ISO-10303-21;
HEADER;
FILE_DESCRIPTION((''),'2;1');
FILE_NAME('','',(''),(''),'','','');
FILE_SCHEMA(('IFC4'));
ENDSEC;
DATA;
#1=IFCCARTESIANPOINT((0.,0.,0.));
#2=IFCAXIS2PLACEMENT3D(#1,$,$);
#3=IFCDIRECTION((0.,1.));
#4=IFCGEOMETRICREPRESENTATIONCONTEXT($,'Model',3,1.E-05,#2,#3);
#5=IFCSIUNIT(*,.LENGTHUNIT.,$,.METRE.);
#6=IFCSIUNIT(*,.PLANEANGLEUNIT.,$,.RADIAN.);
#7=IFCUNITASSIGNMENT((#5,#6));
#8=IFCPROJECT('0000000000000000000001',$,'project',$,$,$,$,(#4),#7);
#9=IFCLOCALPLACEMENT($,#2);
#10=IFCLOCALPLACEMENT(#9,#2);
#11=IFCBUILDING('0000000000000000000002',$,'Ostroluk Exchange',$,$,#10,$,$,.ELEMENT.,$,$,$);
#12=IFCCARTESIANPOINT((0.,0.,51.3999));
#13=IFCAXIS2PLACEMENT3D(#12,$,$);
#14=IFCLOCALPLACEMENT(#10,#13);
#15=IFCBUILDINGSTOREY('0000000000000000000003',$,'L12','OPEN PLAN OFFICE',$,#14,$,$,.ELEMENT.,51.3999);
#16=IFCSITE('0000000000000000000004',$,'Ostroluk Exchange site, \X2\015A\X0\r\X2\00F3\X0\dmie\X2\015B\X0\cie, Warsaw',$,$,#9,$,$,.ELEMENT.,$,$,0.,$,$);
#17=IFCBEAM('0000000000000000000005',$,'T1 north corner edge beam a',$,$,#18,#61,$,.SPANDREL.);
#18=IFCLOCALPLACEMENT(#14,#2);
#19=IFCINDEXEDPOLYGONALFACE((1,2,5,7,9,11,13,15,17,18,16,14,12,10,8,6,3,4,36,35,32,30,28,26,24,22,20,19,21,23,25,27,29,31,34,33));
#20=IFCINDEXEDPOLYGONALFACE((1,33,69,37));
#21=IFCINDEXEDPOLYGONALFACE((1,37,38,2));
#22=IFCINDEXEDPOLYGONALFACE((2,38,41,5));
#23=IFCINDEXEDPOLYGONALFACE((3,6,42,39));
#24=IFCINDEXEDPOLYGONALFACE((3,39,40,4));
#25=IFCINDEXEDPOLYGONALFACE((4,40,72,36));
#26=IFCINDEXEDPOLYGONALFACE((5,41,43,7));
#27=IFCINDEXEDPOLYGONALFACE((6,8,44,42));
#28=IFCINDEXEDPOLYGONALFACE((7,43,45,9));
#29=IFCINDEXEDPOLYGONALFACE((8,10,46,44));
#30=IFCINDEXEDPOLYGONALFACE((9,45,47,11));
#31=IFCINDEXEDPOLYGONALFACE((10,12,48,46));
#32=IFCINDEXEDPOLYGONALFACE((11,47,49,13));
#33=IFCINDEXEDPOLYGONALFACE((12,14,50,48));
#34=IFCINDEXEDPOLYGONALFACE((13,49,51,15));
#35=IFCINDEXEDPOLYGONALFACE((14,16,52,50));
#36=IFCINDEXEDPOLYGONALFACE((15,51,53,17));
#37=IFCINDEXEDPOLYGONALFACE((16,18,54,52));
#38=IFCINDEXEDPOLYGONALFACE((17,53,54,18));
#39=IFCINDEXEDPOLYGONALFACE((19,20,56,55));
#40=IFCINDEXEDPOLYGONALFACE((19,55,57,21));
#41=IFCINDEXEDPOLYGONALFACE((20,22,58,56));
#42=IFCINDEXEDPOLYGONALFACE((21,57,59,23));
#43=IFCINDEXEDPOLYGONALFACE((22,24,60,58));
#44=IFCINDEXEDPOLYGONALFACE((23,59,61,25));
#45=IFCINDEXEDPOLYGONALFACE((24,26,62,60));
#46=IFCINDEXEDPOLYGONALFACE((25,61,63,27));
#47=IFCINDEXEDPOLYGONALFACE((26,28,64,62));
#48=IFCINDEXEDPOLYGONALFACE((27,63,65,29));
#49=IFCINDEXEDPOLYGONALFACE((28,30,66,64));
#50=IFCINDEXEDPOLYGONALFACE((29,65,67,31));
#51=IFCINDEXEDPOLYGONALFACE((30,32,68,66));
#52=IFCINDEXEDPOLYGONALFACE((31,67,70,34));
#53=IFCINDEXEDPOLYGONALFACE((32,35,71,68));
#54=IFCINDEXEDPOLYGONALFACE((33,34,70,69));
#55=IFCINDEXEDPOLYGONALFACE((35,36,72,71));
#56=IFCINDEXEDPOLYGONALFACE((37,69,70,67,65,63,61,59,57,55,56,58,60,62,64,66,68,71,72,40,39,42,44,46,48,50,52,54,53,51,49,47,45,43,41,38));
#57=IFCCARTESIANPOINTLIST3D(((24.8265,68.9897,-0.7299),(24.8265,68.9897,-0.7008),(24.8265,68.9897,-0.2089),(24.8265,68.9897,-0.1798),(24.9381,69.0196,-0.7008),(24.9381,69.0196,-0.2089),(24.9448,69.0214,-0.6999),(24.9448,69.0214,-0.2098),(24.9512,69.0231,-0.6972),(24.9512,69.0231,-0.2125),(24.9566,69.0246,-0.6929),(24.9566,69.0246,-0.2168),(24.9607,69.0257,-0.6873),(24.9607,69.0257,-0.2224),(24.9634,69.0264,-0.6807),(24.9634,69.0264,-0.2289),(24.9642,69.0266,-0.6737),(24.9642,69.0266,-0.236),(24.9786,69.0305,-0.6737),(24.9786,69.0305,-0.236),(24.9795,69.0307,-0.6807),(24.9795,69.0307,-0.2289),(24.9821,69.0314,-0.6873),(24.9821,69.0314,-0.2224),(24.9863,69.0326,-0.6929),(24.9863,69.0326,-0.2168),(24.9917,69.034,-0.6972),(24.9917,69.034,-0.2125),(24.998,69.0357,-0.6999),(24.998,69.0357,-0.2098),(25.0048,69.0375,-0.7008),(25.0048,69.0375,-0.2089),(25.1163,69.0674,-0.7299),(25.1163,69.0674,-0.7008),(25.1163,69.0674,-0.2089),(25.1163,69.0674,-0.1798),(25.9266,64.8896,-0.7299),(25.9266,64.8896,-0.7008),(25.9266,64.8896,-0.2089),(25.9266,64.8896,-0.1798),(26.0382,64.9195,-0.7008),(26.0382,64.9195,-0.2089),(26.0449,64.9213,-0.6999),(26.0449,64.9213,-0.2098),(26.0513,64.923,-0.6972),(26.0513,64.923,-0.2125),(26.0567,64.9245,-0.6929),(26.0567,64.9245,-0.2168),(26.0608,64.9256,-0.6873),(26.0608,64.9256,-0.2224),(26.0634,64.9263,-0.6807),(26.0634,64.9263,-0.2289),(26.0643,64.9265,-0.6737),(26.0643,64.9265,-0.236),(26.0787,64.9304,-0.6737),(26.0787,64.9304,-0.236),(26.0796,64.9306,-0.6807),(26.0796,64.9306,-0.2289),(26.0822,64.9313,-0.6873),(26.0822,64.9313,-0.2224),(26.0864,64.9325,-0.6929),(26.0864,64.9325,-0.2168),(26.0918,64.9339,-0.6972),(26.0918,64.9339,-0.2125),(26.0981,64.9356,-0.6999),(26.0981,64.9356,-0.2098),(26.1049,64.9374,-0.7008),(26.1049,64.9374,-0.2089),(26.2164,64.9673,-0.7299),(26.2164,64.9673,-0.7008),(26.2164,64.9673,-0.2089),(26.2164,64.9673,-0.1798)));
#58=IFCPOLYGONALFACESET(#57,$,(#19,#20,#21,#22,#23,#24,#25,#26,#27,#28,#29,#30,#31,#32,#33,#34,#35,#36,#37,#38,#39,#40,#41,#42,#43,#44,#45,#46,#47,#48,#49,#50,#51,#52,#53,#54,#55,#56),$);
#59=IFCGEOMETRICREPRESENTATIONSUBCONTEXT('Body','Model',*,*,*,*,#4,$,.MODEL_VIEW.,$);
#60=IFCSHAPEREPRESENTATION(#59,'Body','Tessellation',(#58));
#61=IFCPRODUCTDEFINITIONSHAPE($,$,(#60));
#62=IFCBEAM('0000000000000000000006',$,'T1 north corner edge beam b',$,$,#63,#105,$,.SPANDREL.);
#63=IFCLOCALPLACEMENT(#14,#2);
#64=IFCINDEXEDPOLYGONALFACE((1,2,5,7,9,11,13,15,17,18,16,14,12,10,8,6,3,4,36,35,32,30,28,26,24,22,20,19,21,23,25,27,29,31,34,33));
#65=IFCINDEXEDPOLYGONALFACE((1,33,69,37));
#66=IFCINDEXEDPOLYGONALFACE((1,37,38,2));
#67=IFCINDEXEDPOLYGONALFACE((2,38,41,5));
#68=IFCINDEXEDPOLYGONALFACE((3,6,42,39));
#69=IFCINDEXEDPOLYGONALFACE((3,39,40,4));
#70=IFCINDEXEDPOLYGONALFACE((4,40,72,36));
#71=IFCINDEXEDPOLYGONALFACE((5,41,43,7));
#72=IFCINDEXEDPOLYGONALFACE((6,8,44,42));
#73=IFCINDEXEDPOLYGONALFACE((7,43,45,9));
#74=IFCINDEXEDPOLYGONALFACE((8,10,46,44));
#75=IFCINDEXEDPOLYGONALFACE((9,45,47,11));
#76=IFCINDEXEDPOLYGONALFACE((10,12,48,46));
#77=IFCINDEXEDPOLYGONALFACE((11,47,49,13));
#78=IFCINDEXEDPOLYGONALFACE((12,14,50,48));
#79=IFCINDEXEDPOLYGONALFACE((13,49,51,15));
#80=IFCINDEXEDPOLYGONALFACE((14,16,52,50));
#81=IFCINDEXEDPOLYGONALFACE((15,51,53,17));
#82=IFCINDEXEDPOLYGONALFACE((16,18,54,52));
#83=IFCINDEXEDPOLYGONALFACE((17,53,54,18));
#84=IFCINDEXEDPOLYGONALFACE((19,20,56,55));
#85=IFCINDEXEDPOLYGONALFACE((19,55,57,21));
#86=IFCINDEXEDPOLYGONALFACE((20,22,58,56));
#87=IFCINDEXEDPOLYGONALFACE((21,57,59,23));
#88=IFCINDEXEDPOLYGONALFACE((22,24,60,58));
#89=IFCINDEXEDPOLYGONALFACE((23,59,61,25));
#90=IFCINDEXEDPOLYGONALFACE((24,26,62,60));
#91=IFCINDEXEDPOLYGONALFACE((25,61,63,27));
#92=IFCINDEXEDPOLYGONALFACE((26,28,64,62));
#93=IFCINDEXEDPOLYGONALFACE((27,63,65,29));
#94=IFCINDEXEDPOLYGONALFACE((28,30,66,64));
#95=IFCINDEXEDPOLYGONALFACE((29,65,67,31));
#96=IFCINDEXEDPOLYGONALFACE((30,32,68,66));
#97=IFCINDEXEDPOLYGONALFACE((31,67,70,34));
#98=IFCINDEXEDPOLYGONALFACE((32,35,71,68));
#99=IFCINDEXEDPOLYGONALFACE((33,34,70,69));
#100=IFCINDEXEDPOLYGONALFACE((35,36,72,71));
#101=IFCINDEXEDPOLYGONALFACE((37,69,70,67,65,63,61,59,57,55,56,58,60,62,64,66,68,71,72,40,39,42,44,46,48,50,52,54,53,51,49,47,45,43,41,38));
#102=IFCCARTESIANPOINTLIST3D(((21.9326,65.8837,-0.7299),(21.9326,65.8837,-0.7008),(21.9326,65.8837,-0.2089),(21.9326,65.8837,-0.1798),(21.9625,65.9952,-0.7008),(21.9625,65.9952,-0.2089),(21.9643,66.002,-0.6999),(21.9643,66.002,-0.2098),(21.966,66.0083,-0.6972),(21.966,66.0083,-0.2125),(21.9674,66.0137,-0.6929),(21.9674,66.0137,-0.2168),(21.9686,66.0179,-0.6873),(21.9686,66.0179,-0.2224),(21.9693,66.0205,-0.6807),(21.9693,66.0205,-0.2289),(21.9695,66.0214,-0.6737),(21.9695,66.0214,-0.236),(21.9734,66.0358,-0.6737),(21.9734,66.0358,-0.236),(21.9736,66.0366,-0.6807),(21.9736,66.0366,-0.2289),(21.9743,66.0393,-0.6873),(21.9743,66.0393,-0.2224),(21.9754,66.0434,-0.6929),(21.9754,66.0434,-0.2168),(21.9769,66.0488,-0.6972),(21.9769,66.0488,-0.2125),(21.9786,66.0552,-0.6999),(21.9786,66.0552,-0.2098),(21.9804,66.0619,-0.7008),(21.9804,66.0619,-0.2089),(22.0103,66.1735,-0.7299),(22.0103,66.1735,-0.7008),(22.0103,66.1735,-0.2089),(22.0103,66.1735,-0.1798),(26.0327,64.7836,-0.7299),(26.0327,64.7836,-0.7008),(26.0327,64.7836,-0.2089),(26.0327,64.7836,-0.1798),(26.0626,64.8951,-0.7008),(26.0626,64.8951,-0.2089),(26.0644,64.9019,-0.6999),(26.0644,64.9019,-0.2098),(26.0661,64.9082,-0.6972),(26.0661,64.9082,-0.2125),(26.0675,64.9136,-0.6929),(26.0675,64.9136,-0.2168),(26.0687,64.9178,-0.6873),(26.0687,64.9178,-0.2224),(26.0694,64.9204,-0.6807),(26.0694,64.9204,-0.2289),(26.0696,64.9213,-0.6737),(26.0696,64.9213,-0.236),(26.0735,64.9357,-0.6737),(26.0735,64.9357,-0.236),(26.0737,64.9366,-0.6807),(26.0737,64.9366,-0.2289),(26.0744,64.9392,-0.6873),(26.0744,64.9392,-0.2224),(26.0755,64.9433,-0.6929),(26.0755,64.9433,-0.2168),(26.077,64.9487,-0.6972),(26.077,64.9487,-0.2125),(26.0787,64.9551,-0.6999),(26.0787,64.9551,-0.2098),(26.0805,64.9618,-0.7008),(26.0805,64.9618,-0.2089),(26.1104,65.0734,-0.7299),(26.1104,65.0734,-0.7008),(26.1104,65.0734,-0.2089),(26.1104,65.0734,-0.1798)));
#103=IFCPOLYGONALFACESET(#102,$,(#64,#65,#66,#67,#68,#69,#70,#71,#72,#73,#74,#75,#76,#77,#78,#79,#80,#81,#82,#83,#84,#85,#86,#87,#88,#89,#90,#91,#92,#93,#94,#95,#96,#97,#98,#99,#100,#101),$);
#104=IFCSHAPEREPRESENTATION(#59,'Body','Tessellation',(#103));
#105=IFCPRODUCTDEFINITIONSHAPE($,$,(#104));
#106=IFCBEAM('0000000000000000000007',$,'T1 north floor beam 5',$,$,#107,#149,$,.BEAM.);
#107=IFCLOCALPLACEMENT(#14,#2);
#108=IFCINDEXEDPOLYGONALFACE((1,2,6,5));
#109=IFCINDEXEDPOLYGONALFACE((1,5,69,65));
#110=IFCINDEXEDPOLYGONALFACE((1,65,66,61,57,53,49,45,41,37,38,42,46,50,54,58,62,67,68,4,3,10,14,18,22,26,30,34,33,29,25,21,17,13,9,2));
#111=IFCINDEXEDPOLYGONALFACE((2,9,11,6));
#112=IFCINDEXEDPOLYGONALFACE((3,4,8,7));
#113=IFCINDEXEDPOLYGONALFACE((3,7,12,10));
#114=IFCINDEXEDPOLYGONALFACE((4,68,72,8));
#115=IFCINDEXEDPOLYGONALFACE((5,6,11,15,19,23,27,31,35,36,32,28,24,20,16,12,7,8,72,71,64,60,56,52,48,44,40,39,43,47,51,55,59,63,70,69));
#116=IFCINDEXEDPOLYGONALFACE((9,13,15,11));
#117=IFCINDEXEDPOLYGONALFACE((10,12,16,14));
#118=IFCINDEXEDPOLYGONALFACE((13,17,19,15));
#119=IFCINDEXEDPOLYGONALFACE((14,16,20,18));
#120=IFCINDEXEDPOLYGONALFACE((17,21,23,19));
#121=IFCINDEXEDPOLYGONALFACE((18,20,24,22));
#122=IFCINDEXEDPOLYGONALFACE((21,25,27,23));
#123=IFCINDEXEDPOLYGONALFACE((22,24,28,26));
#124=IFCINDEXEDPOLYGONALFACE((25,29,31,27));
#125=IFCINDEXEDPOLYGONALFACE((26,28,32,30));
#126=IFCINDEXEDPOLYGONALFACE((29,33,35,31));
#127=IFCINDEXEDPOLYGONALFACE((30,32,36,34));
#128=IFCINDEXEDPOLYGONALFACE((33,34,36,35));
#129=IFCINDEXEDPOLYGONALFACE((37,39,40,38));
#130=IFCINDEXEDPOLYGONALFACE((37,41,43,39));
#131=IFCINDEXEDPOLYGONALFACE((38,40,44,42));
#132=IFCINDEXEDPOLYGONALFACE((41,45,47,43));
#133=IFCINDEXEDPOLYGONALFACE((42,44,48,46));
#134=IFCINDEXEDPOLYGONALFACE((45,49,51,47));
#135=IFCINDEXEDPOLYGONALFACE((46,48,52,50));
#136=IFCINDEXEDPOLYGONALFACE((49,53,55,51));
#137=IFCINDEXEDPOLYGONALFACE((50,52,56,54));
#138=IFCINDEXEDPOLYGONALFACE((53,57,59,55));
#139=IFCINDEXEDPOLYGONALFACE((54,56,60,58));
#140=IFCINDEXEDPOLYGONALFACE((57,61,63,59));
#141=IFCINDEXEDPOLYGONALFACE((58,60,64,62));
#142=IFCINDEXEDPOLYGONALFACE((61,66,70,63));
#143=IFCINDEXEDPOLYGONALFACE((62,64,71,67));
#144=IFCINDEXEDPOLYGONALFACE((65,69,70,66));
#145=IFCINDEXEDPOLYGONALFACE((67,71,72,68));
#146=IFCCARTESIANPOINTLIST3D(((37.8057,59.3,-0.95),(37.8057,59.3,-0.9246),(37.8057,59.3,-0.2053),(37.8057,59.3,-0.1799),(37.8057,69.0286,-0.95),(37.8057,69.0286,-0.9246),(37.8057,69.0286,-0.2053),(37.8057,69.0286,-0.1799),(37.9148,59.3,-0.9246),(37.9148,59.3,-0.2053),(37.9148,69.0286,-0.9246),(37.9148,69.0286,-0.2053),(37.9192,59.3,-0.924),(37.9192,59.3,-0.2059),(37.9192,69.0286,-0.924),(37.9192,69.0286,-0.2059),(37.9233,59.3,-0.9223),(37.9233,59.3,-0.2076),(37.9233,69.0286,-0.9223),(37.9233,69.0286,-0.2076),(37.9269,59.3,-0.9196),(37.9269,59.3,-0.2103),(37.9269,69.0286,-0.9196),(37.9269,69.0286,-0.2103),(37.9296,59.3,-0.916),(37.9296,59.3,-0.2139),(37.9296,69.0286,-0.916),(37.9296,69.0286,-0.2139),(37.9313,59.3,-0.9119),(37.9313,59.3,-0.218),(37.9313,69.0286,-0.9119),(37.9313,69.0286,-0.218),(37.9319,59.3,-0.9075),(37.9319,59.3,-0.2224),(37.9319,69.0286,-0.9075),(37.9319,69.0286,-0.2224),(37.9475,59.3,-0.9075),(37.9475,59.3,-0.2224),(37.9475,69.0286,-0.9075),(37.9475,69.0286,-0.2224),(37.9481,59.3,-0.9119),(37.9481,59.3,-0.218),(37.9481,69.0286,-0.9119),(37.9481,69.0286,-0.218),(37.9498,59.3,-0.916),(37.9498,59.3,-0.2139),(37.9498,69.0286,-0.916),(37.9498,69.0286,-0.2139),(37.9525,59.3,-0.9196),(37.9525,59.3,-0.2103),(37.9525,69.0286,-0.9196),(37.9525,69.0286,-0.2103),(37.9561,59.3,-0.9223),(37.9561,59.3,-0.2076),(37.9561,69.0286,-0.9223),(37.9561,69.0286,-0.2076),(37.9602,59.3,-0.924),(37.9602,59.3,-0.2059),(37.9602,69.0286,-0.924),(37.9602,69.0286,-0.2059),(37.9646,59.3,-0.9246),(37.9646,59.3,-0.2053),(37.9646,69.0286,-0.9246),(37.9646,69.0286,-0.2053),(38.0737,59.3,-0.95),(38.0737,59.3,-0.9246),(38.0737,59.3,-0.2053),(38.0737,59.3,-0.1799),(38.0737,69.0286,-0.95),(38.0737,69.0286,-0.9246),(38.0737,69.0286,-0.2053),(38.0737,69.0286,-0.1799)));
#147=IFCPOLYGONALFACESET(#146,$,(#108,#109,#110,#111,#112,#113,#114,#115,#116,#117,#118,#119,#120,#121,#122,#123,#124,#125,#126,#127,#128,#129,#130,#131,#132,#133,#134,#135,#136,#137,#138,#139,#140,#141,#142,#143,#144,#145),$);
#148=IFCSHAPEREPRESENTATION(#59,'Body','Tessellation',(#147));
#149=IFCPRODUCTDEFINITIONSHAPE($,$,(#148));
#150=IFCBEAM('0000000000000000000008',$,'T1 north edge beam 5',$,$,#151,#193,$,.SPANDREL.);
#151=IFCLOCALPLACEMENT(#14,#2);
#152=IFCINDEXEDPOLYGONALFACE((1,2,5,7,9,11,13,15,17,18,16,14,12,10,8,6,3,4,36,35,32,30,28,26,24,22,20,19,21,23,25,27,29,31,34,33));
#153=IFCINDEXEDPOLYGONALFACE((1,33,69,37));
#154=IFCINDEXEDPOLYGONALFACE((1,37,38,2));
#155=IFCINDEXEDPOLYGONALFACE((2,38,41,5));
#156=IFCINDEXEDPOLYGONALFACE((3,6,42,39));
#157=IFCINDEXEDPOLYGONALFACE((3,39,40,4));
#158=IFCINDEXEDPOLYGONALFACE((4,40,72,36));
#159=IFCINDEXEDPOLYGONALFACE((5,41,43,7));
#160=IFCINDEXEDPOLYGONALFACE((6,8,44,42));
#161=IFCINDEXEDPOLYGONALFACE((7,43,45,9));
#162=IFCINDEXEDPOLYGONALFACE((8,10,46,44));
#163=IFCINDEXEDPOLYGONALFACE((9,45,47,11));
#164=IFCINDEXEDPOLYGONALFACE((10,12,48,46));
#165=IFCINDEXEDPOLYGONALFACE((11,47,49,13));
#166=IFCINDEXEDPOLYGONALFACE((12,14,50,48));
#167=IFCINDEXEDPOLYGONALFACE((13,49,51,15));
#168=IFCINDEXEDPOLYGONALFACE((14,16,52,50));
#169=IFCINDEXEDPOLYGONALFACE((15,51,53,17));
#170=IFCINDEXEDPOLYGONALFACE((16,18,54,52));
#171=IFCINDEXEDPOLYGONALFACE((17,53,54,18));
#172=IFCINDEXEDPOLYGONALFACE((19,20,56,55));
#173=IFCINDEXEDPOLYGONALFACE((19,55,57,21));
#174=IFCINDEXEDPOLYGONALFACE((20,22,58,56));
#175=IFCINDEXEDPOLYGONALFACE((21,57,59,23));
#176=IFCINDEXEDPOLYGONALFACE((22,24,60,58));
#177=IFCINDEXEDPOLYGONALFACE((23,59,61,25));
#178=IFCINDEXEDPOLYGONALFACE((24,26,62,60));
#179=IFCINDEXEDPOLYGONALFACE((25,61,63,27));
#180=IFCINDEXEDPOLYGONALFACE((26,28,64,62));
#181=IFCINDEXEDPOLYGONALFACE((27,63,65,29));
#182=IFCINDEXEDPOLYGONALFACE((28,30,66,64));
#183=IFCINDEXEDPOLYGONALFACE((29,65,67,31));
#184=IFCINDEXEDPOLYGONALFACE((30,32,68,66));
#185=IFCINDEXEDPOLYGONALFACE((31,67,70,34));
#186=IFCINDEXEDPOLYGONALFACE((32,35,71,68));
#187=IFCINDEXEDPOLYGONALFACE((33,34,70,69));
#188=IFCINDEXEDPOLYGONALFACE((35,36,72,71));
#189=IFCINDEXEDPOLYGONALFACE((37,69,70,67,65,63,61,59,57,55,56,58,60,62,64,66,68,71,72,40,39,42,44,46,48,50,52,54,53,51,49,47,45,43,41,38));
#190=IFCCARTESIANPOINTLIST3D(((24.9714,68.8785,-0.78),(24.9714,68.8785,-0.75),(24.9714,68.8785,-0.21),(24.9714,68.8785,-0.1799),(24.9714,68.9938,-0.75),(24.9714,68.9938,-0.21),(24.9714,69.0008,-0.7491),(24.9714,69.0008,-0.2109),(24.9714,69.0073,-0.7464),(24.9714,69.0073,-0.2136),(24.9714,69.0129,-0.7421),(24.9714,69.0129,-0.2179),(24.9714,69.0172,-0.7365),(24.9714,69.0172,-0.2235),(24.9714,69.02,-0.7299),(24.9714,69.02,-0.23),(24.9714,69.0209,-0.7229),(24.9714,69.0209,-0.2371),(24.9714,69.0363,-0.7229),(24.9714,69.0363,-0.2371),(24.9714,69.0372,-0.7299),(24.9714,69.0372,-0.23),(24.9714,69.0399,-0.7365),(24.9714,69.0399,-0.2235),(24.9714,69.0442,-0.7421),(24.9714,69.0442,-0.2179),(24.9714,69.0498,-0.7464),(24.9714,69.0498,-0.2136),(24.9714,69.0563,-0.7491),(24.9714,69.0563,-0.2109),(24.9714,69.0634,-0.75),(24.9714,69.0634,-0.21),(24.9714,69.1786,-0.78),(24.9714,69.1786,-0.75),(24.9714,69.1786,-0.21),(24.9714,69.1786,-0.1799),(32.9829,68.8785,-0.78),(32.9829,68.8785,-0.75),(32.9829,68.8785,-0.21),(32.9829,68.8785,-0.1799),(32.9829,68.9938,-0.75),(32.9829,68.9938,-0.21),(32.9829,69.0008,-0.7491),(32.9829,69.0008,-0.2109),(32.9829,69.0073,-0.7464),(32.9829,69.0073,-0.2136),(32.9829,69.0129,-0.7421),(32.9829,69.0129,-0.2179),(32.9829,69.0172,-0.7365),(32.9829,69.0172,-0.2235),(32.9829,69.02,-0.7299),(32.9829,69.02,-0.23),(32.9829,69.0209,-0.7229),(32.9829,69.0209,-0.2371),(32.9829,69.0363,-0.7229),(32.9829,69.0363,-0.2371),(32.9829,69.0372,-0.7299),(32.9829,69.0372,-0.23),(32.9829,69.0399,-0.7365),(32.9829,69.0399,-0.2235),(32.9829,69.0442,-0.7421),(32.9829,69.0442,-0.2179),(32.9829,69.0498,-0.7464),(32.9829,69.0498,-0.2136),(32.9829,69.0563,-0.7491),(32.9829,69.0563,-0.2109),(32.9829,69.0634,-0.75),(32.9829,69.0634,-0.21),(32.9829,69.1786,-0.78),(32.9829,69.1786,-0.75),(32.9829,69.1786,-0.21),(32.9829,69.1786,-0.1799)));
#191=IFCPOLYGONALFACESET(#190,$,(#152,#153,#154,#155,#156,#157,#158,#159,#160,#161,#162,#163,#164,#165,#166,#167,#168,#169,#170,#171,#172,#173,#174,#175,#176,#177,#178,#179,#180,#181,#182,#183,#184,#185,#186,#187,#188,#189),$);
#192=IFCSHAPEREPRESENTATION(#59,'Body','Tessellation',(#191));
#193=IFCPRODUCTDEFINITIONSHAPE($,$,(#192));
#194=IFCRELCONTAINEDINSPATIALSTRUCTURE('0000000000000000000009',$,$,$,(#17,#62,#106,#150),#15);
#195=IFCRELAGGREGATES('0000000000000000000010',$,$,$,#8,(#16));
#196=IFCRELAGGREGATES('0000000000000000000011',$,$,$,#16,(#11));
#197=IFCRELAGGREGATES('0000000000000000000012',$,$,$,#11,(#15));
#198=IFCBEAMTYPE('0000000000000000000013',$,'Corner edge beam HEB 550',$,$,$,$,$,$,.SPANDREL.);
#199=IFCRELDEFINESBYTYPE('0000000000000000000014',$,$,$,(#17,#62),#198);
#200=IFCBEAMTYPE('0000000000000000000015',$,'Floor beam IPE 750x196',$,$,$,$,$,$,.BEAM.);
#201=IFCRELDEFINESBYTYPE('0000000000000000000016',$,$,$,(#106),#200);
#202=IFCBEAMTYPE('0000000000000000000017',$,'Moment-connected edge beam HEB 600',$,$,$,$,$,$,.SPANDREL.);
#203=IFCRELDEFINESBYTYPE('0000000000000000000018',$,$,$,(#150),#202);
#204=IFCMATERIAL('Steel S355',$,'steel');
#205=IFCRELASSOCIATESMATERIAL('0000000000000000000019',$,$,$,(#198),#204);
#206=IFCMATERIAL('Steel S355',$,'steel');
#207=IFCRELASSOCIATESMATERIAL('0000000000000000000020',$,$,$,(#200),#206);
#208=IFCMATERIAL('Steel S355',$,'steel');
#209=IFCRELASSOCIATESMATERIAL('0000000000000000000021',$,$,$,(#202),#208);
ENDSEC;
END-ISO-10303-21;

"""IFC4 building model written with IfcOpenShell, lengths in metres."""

from ifc_helpers import new_model, si_unit, direction, frame, origin, origin_2d, place, context, subcontext, project, spatial, i_section, extrude, material, material_profile, profile_set, type_object, element, save


model = new_model("IFC4")

# Units and contexts
model_context = context("Model", 3, precision=1e-05, world=origin(), true_north=direction((0.0, 1.0)))
body_context = subcontext(model_context, "Body", "Model", "MODEL_VIEW")
ifc_project = project(units=[si_unit("LENGTHUNIT", "METRE"), si_unit("PLANEANGLEUNIT", "RADIAN")], contexts=[model_context])

# Site, building, storey
site_placement = place(None, origin())
site = spatial("IfcSite", under=ifc_project, at=site_placement, Name="Ostroluk Exchange site, Śródmieście, Warsaw", CompositionType="ELEMENT", RefElevation=0.0)
building_placement = place(site_placement, origin())
building = spatial("IfcBuilding", under=site, at=building_placement, Name="Ostroluk Exchange", CompositionType="ELEMENT")
storey_placement = place(building_placement, frame((0.0, 0.0, 51.3999)))
storey = spatial("IfcBuildingStorey", under=building, at=storey_placement, Name="L12", Description="OPEN PLAN OFFICE", CompositionType="ELEMENT", Elevation=51.3999)

# Beams
ifc_material_1 = material(Name="Steel S355", Category="steel")
ifc_material_profile_1 = material_profile(ifc_material_1, i_section(OverallWidth=0.3, OverallDepth=0.55, WebThickness=0.0149, FlangeThickness=0.0291, FilletRadius=0.0271, at=origin_2d()), Name="HEB 550")
ifc_profile_set_1 = profile_set([ifc_material_profile_1], Name="Steel S355")
beam_type_1 = type_object("IfcBeamType", Name="Corner edge beam HEB 550", PredefinedType="SPANDREL", material=ifc_profile_set_1)
for number, where, z_axis, x_axis, name in (
    (1, (26.0715, 64.9285, -0.4548), (-0.259144, 0.965839, 0.0), (-0.965839, -0.259144, 0.0), "T1 north corner edge beam a"),
    (2, (26.0715, 64.9285, -0.4548), (-0.965839, 0.259144, 0.0), (-0.259144, -0.965839, 0.0), "T1 north corner edge beam b"),
):
    element("IfcBeam", number, at=place(storey_placement, frame(where, z_axis=z_axis, x_axis=x_axis)), inside=storey, type_object=beam_type_1, Name=name, PredefinedType="SPANDREL", context=body_context, shape_type="SweptSolid", body=[
        extrude(i_section(OverallWidth=0.3, OverallDepth=0.55, WebThickness=0.0149, FlangeThickness=0.0291, FilletRadius=0.0271, at=origin_2d()), origin(), (0.0, 0.0, 1.0), 4.2451),
    ])
ifc_material_2 = material(Name="Steel S355", Category="steel")
ifc_material_profile_2 = material_profile(ifc_material_2, i_section(OverallWidth=0.2681, OverallDepth=0.77, WebThickness=0.0156, FlangeThickness=0.0254, FilletRadius=0.0171, at=origin_2d()), Name="IPE 750x196")
ifc_profile_set_2 = profile_set([ifc_material_profile_2], Name="Steel S355")
beam_type_2 = type_object("IfcBeamType", Name="Floor beam IPE 750x196", PredefinedType="BEAM", material=ifc_profile_set_2)
beam_1_placement = place(storey_placement, frame((37.9397, 59.3, -0.5649), z_axis=(0.0, 1.0, 0.0), x_axis=(-1.0, 0.0, 0.0)))
element("IfcBeam", 3, at=beam_1_placement, inside=storey, type_object=beam_type_2, Name="T1 north floor beam 5", PredefinedType="BEAM", context=body_context, shape_type="SweptSolid", body=[
    extrude(i_section(OverallWidth=0.2681, OverallDepth=0.77, WebThickness=0.0156, FlangeThickness=0.0254, FilletRadius=0.0171, at=origin_2d()), origin(), (0.0, 0.0, 1.0), 9.7285),
])
ifc_material_3 = material(Name="Steel S355", Category="steel")
ifc_material_profile_3 = material_profile(ifc_material_3, i_section(OverallWidth=0.3, OverallDepth=0.6001, WebThickness=0.0154, FlangeThickness=0.03, FilletRadius=0.0271, at=origin_2d()), Name="HEB 600")
ifc_profile_set_3 = profile_set([ifc_material_profile_3], Name="Steel S355")
beam_type_3 = type_object("IfcBeamType", Name="Moment-connected edge beam HEB 600", PredefinedType="SPANDREL", material=ifc_profile_set_3)
beam_2_placement = place(storey_placement, frame((32.9829, 69.0286, -0.48), z_axis=(-1.0, 0.0, 0.0), x_axis=(0.0, -1.0, 0.0)))
element("IfcBeam", 4, at=beam_2_placement, inside=storey, type_object=beam_type_3, Name="T1 north edge beam 5", PredefinedType="SPANDREL", context=body_context, shape_type="SweptSolid", body=[
    extrude(i_section(OverallWidth=0.3, OverallDepth=0.6001, WebThickness=0.0154, FlangeThickness=0.03, FilletRadius=0.0271, at=origin_2d()), origin(), (0.0, 0.0, 1.0), 8.0115),
])

save(model, "model.ifc")
